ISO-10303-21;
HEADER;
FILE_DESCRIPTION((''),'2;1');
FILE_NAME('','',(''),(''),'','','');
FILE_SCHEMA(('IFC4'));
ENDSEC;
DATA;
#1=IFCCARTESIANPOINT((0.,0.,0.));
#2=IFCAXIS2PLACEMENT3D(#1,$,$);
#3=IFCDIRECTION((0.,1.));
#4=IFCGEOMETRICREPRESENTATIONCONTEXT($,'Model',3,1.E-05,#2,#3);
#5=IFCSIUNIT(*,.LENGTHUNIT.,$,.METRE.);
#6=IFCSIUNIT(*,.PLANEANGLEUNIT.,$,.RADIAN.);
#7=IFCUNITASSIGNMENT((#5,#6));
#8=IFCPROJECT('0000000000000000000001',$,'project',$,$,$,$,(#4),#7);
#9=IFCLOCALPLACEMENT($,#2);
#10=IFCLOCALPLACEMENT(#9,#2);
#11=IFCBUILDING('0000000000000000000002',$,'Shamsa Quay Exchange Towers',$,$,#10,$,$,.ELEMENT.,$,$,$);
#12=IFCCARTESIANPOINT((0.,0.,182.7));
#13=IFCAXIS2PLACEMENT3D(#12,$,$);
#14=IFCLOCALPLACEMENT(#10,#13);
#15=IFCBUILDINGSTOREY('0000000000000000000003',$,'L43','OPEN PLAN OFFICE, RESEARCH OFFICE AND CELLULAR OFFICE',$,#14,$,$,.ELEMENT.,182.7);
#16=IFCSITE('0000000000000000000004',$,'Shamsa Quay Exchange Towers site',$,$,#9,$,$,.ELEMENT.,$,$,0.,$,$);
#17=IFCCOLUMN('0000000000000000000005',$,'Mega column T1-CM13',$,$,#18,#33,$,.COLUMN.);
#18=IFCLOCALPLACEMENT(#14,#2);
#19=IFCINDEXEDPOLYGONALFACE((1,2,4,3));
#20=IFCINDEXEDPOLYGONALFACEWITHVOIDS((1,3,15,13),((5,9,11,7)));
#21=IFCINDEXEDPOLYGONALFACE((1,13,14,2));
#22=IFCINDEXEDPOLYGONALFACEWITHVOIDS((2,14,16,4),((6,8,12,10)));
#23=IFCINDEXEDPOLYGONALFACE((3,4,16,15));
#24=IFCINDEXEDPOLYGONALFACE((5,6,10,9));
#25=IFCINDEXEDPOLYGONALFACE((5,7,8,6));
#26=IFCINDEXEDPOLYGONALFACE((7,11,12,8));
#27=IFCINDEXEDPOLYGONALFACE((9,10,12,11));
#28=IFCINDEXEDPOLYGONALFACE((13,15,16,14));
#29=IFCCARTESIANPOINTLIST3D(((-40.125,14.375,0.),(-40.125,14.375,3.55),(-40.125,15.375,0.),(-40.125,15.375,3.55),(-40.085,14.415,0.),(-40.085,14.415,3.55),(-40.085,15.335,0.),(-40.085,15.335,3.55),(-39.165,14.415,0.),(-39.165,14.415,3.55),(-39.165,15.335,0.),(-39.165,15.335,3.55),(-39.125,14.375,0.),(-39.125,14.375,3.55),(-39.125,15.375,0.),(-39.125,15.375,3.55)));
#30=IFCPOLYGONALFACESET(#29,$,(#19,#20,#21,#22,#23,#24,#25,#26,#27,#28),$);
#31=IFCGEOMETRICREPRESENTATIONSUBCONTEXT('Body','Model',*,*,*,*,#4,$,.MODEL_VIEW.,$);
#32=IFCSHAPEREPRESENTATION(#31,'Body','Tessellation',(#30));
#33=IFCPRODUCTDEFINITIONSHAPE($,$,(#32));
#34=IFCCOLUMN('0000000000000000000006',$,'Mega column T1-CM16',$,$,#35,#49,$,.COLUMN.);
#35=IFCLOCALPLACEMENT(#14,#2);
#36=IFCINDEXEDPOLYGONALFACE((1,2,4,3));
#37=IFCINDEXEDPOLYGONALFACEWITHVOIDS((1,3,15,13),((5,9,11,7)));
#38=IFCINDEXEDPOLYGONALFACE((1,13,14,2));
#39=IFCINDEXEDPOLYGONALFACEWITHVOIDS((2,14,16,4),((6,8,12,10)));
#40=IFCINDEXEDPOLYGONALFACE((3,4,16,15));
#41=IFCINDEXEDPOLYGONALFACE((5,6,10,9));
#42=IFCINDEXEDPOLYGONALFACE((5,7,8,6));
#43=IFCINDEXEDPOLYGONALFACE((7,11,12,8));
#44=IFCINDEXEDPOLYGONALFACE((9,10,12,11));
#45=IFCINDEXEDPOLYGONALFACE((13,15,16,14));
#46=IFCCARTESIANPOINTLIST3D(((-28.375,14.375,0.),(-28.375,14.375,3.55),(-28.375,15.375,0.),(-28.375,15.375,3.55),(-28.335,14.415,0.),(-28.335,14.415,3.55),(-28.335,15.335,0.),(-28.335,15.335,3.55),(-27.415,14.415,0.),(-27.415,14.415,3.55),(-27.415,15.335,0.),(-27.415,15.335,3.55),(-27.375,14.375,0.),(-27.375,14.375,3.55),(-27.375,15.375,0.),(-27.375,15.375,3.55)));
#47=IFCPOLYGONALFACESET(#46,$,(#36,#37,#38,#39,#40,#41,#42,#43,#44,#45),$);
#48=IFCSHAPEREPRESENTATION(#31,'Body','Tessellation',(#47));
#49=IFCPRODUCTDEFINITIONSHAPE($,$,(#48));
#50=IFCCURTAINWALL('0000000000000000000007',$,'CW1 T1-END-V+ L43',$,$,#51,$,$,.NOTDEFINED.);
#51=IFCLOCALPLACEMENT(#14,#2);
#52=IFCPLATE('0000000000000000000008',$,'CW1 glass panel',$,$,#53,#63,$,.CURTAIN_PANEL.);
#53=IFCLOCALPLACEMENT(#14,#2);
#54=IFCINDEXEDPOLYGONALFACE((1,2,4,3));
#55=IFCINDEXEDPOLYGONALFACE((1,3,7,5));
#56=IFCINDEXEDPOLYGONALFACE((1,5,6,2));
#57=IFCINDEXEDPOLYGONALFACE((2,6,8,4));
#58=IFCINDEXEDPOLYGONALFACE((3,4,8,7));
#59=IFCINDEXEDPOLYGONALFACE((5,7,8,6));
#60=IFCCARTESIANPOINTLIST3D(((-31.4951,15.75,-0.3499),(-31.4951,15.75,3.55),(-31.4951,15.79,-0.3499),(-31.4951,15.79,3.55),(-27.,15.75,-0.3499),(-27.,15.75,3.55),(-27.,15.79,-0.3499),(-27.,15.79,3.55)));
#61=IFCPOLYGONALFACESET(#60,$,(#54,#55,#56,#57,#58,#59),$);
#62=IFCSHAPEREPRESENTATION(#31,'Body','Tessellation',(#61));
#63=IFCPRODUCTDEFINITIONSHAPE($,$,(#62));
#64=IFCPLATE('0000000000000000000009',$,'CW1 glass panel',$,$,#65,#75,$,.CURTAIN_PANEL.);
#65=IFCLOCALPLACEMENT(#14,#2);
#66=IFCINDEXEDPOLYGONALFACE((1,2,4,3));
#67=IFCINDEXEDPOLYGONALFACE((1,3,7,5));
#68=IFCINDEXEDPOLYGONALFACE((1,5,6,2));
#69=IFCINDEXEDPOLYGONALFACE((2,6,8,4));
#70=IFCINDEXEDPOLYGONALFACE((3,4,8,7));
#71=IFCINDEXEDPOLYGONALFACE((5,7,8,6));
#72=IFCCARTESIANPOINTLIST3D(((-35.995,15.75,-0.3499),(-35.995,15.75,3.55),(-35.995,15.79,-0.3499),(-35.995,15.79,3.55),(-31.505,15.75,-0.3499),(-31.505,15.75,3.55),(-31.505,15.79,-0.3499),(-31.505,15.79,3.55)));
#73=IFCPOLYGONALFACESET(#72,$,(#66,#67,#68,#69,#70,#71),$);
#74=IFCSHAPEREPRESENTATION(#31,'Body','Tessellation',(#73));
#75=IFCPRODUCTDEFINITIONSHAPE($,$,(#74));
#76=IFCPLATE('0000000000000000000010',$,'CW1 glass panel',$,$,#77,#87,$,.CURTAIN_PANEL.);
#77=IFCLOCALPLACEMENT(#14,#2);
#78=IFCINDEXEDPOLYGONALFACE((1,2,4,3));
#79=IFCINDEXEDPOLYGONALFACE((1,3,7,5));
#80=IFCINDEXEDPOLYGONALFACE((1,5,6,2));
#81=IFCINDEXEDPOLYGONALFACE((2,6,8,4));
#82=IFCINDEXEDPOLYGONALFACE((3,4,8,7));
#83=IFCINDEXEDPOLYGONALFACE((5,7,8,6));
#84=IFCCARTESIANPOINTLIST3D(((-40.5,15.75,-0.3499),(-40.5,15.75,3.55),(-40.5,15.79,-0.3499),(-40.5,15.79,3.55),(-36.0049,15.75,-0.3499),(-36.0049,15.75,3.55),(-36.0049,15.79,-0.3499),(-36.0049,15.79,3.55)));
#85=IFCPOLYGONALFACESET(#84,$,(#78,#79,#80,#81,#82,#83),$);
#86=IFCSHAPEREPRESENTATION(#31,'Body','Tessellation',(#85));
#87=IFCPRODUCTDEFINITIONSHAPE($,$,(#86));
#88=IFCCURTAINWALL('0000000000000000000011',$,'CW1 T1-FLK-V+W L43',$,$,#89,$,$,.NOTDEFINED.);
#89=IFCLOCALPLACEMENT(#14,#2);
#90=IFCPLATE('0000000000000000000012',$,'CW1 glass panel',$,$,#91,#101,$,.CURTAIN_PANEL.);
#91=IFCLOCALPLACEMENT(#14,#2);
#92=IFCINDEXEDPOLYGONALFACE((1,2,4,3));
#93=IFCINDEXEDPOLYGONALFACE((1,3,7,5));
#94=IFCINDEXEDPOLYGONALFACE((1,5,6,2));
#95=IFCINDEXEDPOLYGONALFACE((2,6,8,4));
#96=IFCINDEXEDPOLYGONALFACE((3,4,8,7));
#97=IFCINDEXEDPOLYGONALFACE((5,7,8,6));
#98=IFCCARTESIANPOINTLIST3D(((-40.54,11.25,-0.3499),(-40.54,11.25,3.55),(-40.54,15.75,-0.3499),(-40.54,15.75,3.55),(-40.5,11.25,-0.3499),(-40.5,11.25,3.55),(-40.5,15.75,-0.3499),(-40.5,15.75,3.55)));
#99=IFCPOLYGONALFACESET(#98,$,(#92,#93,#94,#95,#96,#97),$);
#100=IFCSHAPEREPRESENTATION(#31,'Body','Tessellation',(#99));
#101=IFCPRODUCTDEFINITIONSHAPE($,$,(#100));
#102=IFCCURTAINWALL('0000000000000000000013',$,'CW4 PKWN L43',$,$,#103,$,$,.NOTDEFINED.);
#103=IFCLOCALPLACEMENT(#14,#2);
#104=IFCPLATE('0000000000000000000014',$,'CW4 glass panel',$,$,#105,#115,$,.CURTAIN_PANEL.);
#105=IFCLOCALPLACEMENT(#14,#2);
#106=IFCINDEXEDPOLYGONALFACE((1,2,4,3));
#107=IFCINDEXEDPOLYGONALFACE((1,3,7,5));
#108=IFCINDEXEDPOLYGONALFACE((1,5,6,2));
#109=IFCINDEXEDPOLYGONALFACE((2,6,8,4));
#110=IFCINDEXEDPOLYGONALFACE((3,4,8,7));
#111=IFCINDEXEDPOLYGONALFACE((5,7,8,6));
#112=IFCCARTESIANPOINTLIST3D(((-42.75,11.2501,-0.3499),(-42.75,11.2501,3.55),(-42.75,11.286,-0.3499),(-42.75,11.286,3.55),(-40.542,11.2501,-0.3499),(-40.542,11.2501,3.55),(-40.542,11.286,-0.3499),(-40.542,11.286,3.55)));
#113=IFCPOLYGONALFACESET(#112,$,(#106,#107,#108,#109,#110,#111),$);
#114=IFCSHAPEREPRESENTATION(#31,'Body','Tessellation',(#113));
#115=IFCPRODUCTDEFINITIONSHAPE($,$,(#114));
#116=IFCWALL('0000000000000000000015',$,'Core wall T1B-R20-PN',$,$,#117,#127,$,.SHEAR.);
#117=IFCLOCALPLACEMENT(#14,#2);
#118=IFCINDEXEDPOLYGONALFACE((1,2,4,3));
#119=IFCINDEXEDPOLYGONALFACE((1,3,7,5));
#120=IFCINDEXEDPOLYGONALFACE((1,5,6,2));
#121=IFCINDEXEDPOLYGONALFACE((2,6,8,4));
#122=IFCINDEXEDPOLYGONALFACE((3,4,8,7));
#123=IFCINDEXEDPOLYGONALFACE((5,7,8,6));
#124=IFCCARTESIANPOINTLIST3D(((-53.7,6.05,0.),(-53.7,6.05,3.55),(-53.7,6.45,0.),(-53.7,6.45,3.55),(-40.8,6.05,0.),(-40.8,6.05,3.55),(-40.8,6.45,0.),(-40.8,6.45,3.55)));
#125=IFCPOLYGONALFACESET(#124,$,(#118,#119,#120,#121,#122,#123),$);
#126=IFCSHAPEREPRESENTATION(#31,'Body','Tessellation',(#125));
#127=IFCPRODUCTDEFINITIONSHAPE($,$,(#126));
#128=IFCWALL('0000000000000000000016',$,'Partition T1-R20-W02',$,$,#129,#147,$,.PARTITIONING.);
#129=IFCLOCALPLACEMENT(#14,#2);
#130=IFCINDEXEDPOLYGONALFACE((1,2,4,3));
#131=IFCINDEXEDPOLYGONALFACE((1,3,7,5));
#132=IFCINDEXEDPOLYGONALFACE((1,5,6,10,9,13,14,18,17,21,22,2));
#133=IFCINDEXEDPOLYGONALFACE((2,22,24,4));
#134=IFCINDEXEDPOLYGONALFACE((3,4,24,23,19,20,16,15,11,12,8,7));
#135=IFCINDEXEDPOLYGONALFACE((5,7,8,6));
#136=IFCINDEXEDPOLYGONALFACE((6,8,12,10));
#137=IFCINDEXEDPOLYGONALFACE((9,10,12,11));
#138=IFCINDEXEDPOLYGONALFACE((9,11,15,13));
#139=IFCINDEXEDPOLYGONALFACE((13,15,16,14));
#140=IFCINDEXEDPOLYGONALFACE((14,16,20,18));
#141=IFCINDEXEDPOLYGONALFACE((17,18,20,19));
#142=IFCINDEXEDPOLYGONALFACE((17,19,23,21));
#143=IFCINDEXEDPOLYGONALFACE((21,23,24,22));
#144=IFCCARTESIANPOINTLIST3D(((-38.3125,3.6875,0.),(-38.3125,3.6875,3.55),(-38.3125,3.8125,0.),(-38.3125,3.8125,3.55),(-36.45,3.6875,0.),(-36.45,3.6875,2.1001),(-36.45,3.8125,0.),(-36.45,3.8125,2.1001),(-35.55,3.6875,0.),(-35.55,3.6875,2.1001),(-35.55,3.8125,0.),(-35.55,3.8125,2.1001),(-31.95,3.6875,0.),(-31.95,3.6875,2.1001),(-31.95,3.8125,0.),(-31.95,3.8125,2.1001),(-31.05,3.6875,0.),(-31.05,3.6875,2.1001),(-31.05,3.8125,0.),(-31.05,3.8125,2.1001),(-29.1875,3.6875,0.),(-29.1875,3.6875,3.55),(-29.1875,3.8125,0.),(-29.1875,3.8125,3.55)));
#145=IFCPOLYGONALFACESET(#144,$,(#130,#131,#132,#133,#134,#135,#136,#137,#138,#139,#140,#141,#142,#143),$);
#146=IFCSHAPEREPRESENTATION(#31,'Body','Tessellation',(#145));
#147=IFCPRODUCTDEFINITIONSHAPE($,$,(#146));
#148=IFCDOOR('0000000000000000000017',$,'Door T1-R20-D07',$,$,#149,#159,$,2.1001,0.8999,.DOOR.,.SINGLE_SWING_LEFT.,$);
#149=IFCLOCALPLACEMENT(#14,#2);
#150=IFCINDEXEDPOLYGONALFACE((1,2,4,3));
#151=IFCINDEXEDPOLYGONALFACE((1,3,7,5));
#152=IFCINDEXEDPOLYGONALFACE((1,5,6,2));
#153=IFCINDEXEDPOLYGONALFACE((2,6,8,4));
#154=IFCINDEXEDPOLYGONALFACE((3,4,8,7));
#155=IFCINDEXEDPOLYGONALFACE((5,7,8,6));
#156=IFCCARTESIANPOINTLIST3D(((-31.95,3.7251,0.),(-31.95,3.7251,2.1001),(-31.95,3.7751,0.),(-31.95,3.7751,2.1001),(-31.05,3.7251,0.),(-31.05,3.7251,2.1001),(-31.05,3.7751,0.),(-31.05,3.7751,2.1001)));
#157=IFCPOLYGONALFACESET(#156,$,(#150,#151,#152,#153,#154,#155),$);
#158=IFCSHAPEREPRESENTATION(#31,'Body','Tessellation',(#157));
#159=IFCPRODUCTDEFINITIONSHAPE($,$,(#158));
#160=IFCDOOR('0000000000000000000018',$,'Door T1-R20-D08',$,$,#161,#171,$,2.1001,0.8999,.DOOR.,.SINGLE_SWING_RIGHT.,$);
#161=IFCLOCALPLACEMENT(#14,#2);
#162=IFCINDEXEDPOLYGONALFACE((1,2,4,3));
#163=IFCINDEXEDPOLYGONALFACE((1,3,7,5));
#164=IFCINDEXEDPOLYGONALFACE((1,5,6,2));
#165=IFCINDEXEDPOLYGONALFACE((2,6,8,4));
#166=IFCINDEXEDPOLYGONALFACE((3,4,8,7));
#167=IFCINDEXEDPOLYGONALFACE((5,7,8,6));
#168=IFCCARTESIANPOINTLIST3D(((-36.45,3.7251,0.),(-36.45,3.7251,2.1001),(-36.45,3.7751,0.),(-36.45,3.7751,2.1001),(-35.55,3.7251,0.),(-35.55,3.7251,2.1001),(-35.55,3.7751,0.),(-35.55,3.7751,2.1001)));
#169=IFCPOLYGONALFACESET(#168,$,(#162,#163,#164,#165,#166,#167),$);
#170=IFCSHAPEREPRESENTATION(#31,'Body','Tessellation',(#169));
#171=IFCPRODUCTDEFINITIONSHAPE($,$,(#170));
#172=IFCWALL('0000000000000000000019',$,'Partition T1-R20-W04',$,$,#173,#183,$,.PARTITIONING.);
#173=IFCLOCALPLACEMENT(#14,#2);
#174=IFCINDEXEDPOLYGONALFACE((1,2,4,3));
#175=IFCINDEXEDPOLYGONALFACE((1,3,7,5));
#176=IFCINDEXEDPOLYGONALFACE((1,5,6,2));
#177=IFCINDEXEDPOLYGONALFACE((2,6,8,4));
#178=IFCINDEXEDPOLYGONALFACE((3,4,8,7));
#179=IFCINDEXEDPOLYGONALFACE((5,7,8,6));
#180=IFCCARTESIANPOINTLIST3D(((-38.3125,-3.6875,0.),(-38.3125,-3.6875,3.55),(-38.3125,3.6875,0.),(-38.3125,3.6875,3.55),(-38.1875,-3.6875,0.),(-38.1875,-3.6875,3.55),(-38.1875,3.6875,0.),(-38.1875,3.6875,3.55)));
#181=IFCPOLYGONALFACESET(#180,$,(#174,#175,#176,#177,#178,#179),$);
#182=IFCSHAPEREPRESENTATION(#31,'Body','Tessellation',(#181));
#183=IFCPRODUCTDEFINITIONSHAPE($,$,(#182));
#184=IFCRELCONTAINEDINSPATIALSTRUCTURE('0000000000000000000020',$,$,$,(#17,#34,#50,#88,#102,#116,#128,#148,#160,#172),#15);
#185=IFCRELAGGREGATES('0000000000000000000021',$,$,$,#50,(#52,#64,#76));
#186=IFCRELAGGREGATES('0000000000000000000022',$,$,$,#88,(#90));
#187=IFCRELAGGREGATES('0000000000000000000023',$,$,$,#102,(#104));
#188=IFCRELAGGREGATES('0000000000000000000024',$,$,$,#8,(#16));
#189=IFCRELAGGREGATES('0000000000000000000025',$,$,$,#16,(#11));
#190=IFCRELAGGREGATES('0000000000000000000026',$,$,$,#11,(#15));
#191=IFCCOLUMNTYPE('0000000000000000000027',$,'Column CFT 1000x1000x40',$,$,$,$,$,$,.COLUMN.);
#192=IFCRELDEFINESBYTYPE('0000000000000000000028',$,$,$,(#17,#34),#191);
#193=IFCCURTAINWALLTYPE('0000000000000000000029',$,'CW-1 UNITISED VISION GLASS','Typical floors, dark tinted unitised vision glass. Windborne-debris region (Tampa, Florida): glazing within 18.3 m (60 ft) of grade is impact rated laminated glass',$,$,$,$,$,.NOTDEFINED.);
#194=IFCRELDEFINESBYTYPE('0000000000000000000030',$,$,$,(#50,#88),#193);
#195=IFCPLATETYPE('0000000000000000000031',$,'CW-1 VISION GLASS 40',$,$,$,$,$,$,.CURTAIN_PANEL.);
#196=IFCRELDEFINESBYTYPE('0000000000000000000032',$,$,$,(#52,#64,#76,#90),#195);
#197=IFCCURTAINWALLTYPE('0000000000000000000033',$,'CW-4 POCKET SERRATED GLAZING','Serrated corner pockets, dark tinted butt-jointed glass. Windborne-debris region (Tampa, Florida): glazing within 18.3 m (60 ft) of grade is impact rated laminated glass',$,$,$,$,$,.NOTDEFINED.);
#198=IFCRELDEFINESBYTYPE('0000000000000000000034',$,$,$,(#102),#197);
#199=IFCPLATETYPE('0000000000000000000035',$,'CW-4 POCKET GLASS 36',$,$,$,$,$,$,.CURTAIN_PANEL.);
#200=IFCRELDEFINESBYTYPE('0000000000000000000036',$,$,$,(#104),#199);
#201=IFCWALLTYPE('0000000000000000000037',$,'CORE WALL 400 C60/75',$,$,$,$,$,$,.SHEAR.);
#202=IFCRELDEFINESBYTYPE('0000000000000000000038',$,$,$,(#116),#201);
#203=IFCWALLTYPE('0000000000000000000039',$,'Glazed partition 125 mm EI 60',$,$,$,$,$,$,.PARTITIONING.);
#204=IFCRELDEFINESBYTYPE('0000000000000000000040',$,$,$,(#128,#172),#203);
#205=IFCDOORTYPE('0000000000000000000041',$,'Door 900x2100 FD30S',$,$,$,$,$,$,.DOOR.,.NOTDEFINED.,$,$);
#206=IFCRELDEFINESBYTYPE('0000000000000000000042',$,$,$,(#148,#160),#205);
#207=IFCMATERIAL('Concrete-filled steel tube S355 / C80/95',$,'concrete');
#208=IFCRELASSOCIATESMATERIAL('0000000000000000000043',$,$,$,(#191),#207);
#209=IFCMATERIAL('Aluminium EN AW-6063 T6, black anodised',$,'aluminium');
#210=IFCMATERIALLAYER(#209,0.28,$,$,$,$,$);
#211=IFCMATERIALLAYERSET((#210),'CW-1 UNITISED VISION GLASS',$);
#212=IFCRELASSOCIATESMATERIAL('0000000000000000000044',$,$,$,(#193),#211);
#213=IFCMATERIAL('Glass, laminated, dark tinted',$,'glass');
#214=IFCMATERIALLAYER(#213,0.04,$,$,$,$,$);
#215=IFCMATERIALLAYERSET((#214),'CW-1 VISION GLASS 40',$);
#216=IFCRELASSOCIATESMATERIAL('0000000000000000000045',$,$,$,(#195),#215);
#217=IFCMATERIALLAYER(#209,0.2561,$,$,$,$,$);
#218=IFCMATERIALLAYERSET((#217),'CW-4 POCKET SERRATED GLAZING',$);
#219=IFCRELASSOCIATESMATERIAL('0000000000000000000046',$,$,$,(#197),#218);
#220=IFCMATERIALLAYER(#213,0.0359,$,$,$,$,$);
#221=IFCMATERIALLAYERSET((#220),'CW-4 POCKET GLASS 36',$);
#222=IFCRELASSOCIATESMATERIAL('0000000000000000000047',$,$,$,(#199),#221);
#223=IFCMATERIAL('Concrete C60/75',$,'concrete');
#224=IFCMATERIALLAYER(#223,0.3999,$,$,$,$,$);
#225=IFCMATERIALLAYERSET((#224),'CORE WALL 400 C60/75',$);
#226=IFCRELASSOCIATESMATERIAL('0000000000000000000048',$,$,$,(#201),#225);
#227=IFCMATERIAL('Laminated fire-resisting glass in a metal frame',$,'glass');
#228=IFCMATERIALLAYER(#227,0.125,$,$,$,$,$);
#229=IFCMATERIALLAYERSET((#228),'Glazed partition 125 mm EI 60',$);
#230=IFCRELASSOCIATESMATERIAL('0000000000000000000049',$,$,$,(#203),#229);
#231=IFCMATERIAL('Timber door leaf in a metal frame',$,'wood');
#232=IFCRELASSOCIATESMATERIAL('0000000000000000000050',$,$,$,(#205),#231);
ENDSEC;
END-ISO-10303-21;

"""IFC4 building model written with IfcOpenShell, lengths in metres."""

from ifc_helpers import new_model, si_unit, direction, frame, frame_2d, origin, origin_2d, place, context, subcontext, project, spatial, rectangle, hollow_rectangle, extrude, material, layer, layer_set, material_profile, profile_set, type_object, element, fill, aggregate, save


model = new_model("IFC4")

# Units and contexts
model_context = context("Model", 3, precision=1e-05, world=origin(), true_north=direction((0.0, 1.0)))
body_context = subcontext(model_context, "Body", "Model", "MODEL_VIEW")
ifc_project = project(units=[si_unit("LENGTHUNIT", "METRE"), si_unit("PLANEANGLEUNIT", "RADIAN")], contexts=[model_context])

# Site, building, storey
site_placement = place(None, origin())
site = spatial("IfcSite", under=ifc_project, at=site_placement, Name="Shamsa Quay Exchange Towers site", CompositionType="ELEMENT", RefElevation=0.0)
building_placement = place(site_placement, origin())
building = spatial("IfcBuilding", under=site, at=building_placement, Name="Shamsa Quay Exchange Towers", CompositionType="ELEMENT")
storey_placement = place(building_placement, frame((0.0, 0.0, 182.7)))
storey = spatial("IfcBuildingStorey", under=building, at=storey_placement, Name="L43", Description="OPEN PLAN OFFICE, RESEARCH OFFICE AND CELLULAR OFFICE", CompositionType="ELEMENT", Elevation=182.7)

# Columns
ifc_material_1 = material(Name="Concrete-filled steel tube S355 / C80/95", Category="concrete")
ifc_material_profile = material_profile(ifc_material_1, hollow_rectangle(XDim=1.0, YDim=1.0, WallThickness=0.04, at=origin_2d()), Name="CFT 1000x1000x40")
ifc_profile_set = profile_set([ifc_material_profile], Name="Concrete-filled steel tube S355 / C80/95")
column_type = type_object("IfcColumnType", Name="Column CFT 1000x1000x40", PredefinedType="COLUMN", material=ifc_profile_set)
for number, where, name in (
    (1, (-39.625, 14.875, 0.0), "Mega column T1-CM13"),
    (2, (-27.875, 14.875, 0.0), "Mega column T1-CM16"),
):
    element("IfcColumn", number, at=place(storey_placement, frame(where)), inside=storey, type_object=column_type, Name=name, PredefinedType="COLUMN", context=body_context, shape_type="SweptSolid", body=[
        extrude(hollow_rectangle(XDim=1.0, YDim=1.0, WallThickness=0.04, at=origin_2d()), origin(), (0.0, 0.0, 1.0), 3.55),
    ])

# Curtain wall, plates
ifc_material_2 = material(Name="Aluminium EN AW-6063 T6, black anodised", Category="aluminium")
ifc_layer_1 = layer(ifc_material_2, 0.28)
ifc_layer_set_1 = layer_set([ifc_layer_1], Name="CW-1 UNITISED VISION GLASS")
curtain_wall_type_1 = type_object("IfcCurtainWallType", Name="CW-1 UNITISED VISION GLASS", Description="Typical floors, dark tinted unitised vision glass. Windborne-debris region (Tampa, Florida): glazing within 18.3 m (60 ft) of grade is impact rated laminated glass", PredefinedType="NOTDEFINED", material=ifc_layer_set_1)
curtain_wall_1_placement = place(storey_placement, origin())
curtain_wall_1 = element("IfcCurtainWall", 3, at=curtain_wall_1_placement, inside=storey, type_object=curtain_wall_type_1, Name="CW1 T1-END-V+ L43", PredefinedType="NOTDEFINED")
ifc_material_3 = material(Name="Glass, laminated, dark tinted", Category="glass")
ifc_layer_2 = layer(ifc_material_3, 0.04)
ifc_layer_set_2 = layer_set([ifc_layer_2], Name="CW-1 VISION GLASS 40")
plate_type_1 = type_object("IfcPlateType", Name="CW-1 VISION GLASS 40", PredefinedType="CURTAIN_PANEL", material=ifc_layer_set_2)
plate_1_placement = place(storey_placement, frame((-29.2476, 15.77, -0.3499), z_axis=(0.0, 0.0, 1.0), x_axis=(-1.0, 0.0, 0.0)))
plate_1 = element("IfcPlate", 4, at=plate_1_placement, type_object=plate_type_1, Name="CW1 glass panel", PredefinedType="CURTAIN_PANEL", context=body_context, shape_type="SweptSolid", body=[
    extrude(rectangle(XDim=4.4951, YDim=0.04, at=origin_2d()), origin(), (0.0, 0.0, 1.0), 3.8999),
])
plate_2_placement = place(storey_placement, frame((-33.75, 15.77, -0.3499), z_axis=(0.0, 0.0, 1.0), x_axis=(-1.0, 0.0, 0.0)))
plate_2 = element("IfcPlate", 5, at=plate_2_placement, type_object=plate_type_1, Name="CW1 glass panel", PredefinedType="CURTAIN_PANEL", context=body_context, shape_type="SweptSolid", body=[
    extrude(rectangle(XDim=4.49, YDim=0.04, at=origin_2d()), origin(), (0.0, 0.0, 1.0), 3.8999),
])
plate_3_placement = place(storey_placement, frame((-38.2524, 15.77, -0.3499), z_axis=(0.0, 0.0, 1.0), x_axis=(-1.0, 0.0, 0.0)))
plate_3 = element("IfcPlate", 6, at=plate_3_placement, type_object=plate_type_1, Name="CW1 glass panel", PredefinedType="CURTAIN_PANEL", context=body_context, shape_type="SweptSolid", body=[
    extrude(rectangle(XDim=4.4951, YDim=0.04, at=origin_2d()), origin(), (0.0, 0.0, 1.0), 3.8999),
])
aggregate(curtain_wall_1, [plate_1, plate_2, plate_3])

# Curtain walls, plates
curtain_wall_2_placement = place(storey_placement, origin())
curtain_wall_2 = element("IfcCurtainWall", 7, at=curtain_wall_2_placement, inside=storey, type_object=curtain_wall_type_1, Name="CW1 T1-FLK-V+W L43", PredefinedType="NOTDEFINED")
plate_4_placement = place(storey_placement, frame((-40.52, 13.5, -0.3499), z_axis=(0.0, 0.0, 1.0), x_axis=(0.0, -1.0, 0.0)))
plate_4 = element("IfcPlate", 8, at=plate_4_placement, type_object=plate_type_1, Name="CW1 glass panel", PredefinedType="CURTAIN_PANEL", context=body_context, shape_type="SweptSolid", body=[
    extrude(rectangle(XDim=4.5, YDim=0.04, at=origin_2d()), origin(), (0.0, 0.0, 1.0), 3.8999),
])
aggregate(curtain_wall_2, [plate_4])
ifc_layer_3 = layer(ifc_material_2, 0.2561)
ifc_layer_set_3 = layer_set([ifc_layer_3], Name="CW-4 POCKET SERRATED GLAZING")
curtain_wall_type_2 = type_object("IfcCurtainWallType", Name="CW-4 POCKET SERRATED GLAZING", Description="Serrated corner pockets, dark tinted butt-jointed glass. Windborne-debris region (Tampa, Florida): glazing within 18.3 m (60 ft) of grade is impact rated laminated glass", PredefinedType="NOTDEFINED", material=ifc_layer_set_3)
curtain_wall_3_placement = place(storey_placement, origin())
curtain_wall_3 = element("IfcCurtainWall", 9, at=curtain_wall_3_placement, inside=storey, type_object=curtain_wall_type_2, Name="CW4 PKWN L43", PredefinedType="NOTDEFINED")
ifc_layer_4 = layer(ifc_material_3, 0.0359)
ifc_layer_set_4 = layer_set([ifc_layer_4], Name="CW-4 POCKET GLASS 36")
plate_type_2 = type_object("IfcPlateType", Name="CW-4 POCKET GLASS 36", PredefinedType="CURTAIN_PANEL", material=ifc_layer_set_4)
plate_5_placement = place(storey_placement, frame((-41.646, 11.2681, -0.3499), z_axis=(0.0, 0.0, 1.0), x_axis=(-1.0, 0.0, 0.0)))
plate_5 = element("IfcPlate", 10, at=plate_5_placement, type_object=plate_type_2, Name="CW4 glass panel", PredefinedType="CURTAIN_PANEL", context=body_context, shape_type="SweptSolid", body=[
    extrude(rectangle(XDim=2.208, YDim=0.0359, at=origin_2d()), origin(), (0.0, 0.0, 1.0), 3.8999),
])
aggregate(curtain_wall_3, [plate_5])

# Wall
ifc_material_4 = material(Name="Concrete C60/75", Category="concrete")
ifc_layer_5 = layer(ifc_material_4, 0.3999)
ifc_layer_set_5 = layer_set([ifc_layer_5], Name="CORE WALL 400 C60/75")
wall_type_1 = type_object("IfcWallType", Name="CORE WALL 400 C60/75", PredefinedType="SHEAR", material=ifc_layer_set_5)
wall_1_placement = place(storey_placement, frame((-40.8, 6.25, 0.0), z_axis=(0.0, 0.0, 1.0), x_axis=(-1.0, 0.0, 0.0)))
element("IfcWall", 11, at=wall_1_placement, inside=storey, type_object=wall_type_1, Name="Core wall T1B-R20-PN", PredefinedType="SHEAR", context=body_context, shape_type="SweptSolid", body=[
    extrude(rectangle(XDim=12.8999, YDim=0.3999, at=frame_2d((6.45, 0.0))), origin(), (0.0, 0.0, 1.0), 3.55),
])

# Wall, openings, doors
ifc_material_5 = material(Name="Laminated fire-resisting glass in a metal frame", Category="glass")
ifc_layer_6 = layer(ifc_material_5, 0.125)
ifc_layer_set_6 = layer_set([ifc_layer_6], Name="Glazed partition 125 mm EI 60")
wall_type_2 = type_object("IfcWallType", Name="Glazed partition 125 mm EI 60", PredefinedType="PARTITIONING", material=ifc_layer_set_6)
wall_2_placement = place(storey_placement, frame((-29.1875, 3.75, 0.0), z_axis=(0.0, 0.0, 1.0), x_axis=(-1.0, 0.0, 0.0)))
wall_2 = element("IfcWall", 12, at=wall_2_placement, inside=storey, type_object=wall_type_2, Name="Partition T1-R20-W02", PredefinedType="PARTITIONING", context=body_context, shape_type="SweptSolid", body=[
    extrude(rectangle(XDim=9.125, YDim=0.125, at=frame_2d((4.5625, 0.0))), origin(), (0.0, 0.0, 1.0), 3.55),
])
opening_1_placement = place(wall_2_placement, frame((1.8625, 0.0, 0.0)))
opening_1 = element("IfcOpeningElement", 13, at=opening_1_placement, cuts=wall_2, PredefinedType="OPENING", context=body_context, shape_type="SweptSolid", body=[
    extrude(rectangle(XDim=0.8999, YDim=2.1001, at=frame_2d((0.45, 1.05))), frame((0.0, 0.0725, 0.0), z_axis=(0.0, -1.0, 0.0), x_axis=(1.0, 0.0, 0.0)), (0.0, 0.0, 1.0), 0.145),
])
opening_2_placement = place(wall_2_placement, frame((6.3625, 0.0, 0.0)))
opening_2 = element("IfcOpeningElement", 14, at=opening_2_placement, cuts=wall_2, PredefinedType="OPENING", context=body_context, shape_type="SweptSolid", body=[
    extrude(rectangle(XDim=0.8999, YDim=2.1001, at=frame_2d((0.45, 1.05))), frame((0.0, 0.0725, 0.0), z_axis=(0.0, -1.0, 0.0), x_axis=(1.0, 0.0, 0.0)), (0.0, 0.0, 1.0), 0.145),
])
ifc_material_6 = material(Name="Timber door leaf in a metal frame", Category="wood")
door_type_1 = type_object("IfcDoorType", Name="Door 900x2100 FD30S", OperationType="NOTDEFINED", PredefinedType="DOOR", material=ifc_material_6)
door_1_placement = place(opening_1_placement, origin())
door_1 = element("IfcDoor", 15, at=door_1_placement, inside=storey, type_object=door_type_1, Name="Door T1-R20-D07", OperationType="SINGLE_SWING_LEFT", OverallHeight=2.1001, OverallWidth=0.8999, PredefinedType="DOOR", context=body_context, shape_type="SweptSolid", body=[
    extrude(rectangle(XDim=0.8999, YDim=2.1001, at=frame_2d((0.45, 1.05))), frame((0.0, 0.0249, 0.0), z_axis=(0.0, -1.0, 0.0), x_axis=(1.0, 0.0, 0.0)), (0.0, 0.0, 1.0), 0.05),
])
fill(opening_1, door_1)
door_2_placement = place(opening_2_placement, origin())
door_2 = element("IfcDoor", 16, at=door_2_placement, inside=storey, type_object=door_type_1, Name="Door T1-R20-D08", OperationType="SINGLE_SWING_RIGHT", OverallHeight=2.1001, OverallWidth=0.8999, PredefinedType="DOOR", context=body_context, shape_type="SweptSolid", body=[
    extrude(rectangle(XDim=0.8999, YDim=2.1001, at=frame_2d((0.45, 1.05))), frame((0.0, 0.0249, 0.0), z_axis=(0.0, -1.0, 0.0), x_axis=(1.0, 0.0, 0.0)), (0.0, 0.0, 1.0), 0.05),
])
fill(opening_2, door_2)

# Wall
wall_3_placement = place(storey_placement, frame((-38.25, 3.6875, 0.0), z_axis=(0.0, 0.0, 1.0), x_axis=(0.0, -1.0, 0.0)))
element("IfcWall", 17, at=wall_3_placement, inside=storey, type_object=wall_type_2, Name="Partition T1-R20-W04", PredefinedType="PARTITIONING", context=body_context, shape_type="SweptSolid", body=[
    extrude(rectangle(XDim=7.375, YDim=0.125, at=frame_2d((3.6875, 0.0))), origin(), (0.0, 0.0, 1.0), 3.55),
])

save(model, "model.ifc")
